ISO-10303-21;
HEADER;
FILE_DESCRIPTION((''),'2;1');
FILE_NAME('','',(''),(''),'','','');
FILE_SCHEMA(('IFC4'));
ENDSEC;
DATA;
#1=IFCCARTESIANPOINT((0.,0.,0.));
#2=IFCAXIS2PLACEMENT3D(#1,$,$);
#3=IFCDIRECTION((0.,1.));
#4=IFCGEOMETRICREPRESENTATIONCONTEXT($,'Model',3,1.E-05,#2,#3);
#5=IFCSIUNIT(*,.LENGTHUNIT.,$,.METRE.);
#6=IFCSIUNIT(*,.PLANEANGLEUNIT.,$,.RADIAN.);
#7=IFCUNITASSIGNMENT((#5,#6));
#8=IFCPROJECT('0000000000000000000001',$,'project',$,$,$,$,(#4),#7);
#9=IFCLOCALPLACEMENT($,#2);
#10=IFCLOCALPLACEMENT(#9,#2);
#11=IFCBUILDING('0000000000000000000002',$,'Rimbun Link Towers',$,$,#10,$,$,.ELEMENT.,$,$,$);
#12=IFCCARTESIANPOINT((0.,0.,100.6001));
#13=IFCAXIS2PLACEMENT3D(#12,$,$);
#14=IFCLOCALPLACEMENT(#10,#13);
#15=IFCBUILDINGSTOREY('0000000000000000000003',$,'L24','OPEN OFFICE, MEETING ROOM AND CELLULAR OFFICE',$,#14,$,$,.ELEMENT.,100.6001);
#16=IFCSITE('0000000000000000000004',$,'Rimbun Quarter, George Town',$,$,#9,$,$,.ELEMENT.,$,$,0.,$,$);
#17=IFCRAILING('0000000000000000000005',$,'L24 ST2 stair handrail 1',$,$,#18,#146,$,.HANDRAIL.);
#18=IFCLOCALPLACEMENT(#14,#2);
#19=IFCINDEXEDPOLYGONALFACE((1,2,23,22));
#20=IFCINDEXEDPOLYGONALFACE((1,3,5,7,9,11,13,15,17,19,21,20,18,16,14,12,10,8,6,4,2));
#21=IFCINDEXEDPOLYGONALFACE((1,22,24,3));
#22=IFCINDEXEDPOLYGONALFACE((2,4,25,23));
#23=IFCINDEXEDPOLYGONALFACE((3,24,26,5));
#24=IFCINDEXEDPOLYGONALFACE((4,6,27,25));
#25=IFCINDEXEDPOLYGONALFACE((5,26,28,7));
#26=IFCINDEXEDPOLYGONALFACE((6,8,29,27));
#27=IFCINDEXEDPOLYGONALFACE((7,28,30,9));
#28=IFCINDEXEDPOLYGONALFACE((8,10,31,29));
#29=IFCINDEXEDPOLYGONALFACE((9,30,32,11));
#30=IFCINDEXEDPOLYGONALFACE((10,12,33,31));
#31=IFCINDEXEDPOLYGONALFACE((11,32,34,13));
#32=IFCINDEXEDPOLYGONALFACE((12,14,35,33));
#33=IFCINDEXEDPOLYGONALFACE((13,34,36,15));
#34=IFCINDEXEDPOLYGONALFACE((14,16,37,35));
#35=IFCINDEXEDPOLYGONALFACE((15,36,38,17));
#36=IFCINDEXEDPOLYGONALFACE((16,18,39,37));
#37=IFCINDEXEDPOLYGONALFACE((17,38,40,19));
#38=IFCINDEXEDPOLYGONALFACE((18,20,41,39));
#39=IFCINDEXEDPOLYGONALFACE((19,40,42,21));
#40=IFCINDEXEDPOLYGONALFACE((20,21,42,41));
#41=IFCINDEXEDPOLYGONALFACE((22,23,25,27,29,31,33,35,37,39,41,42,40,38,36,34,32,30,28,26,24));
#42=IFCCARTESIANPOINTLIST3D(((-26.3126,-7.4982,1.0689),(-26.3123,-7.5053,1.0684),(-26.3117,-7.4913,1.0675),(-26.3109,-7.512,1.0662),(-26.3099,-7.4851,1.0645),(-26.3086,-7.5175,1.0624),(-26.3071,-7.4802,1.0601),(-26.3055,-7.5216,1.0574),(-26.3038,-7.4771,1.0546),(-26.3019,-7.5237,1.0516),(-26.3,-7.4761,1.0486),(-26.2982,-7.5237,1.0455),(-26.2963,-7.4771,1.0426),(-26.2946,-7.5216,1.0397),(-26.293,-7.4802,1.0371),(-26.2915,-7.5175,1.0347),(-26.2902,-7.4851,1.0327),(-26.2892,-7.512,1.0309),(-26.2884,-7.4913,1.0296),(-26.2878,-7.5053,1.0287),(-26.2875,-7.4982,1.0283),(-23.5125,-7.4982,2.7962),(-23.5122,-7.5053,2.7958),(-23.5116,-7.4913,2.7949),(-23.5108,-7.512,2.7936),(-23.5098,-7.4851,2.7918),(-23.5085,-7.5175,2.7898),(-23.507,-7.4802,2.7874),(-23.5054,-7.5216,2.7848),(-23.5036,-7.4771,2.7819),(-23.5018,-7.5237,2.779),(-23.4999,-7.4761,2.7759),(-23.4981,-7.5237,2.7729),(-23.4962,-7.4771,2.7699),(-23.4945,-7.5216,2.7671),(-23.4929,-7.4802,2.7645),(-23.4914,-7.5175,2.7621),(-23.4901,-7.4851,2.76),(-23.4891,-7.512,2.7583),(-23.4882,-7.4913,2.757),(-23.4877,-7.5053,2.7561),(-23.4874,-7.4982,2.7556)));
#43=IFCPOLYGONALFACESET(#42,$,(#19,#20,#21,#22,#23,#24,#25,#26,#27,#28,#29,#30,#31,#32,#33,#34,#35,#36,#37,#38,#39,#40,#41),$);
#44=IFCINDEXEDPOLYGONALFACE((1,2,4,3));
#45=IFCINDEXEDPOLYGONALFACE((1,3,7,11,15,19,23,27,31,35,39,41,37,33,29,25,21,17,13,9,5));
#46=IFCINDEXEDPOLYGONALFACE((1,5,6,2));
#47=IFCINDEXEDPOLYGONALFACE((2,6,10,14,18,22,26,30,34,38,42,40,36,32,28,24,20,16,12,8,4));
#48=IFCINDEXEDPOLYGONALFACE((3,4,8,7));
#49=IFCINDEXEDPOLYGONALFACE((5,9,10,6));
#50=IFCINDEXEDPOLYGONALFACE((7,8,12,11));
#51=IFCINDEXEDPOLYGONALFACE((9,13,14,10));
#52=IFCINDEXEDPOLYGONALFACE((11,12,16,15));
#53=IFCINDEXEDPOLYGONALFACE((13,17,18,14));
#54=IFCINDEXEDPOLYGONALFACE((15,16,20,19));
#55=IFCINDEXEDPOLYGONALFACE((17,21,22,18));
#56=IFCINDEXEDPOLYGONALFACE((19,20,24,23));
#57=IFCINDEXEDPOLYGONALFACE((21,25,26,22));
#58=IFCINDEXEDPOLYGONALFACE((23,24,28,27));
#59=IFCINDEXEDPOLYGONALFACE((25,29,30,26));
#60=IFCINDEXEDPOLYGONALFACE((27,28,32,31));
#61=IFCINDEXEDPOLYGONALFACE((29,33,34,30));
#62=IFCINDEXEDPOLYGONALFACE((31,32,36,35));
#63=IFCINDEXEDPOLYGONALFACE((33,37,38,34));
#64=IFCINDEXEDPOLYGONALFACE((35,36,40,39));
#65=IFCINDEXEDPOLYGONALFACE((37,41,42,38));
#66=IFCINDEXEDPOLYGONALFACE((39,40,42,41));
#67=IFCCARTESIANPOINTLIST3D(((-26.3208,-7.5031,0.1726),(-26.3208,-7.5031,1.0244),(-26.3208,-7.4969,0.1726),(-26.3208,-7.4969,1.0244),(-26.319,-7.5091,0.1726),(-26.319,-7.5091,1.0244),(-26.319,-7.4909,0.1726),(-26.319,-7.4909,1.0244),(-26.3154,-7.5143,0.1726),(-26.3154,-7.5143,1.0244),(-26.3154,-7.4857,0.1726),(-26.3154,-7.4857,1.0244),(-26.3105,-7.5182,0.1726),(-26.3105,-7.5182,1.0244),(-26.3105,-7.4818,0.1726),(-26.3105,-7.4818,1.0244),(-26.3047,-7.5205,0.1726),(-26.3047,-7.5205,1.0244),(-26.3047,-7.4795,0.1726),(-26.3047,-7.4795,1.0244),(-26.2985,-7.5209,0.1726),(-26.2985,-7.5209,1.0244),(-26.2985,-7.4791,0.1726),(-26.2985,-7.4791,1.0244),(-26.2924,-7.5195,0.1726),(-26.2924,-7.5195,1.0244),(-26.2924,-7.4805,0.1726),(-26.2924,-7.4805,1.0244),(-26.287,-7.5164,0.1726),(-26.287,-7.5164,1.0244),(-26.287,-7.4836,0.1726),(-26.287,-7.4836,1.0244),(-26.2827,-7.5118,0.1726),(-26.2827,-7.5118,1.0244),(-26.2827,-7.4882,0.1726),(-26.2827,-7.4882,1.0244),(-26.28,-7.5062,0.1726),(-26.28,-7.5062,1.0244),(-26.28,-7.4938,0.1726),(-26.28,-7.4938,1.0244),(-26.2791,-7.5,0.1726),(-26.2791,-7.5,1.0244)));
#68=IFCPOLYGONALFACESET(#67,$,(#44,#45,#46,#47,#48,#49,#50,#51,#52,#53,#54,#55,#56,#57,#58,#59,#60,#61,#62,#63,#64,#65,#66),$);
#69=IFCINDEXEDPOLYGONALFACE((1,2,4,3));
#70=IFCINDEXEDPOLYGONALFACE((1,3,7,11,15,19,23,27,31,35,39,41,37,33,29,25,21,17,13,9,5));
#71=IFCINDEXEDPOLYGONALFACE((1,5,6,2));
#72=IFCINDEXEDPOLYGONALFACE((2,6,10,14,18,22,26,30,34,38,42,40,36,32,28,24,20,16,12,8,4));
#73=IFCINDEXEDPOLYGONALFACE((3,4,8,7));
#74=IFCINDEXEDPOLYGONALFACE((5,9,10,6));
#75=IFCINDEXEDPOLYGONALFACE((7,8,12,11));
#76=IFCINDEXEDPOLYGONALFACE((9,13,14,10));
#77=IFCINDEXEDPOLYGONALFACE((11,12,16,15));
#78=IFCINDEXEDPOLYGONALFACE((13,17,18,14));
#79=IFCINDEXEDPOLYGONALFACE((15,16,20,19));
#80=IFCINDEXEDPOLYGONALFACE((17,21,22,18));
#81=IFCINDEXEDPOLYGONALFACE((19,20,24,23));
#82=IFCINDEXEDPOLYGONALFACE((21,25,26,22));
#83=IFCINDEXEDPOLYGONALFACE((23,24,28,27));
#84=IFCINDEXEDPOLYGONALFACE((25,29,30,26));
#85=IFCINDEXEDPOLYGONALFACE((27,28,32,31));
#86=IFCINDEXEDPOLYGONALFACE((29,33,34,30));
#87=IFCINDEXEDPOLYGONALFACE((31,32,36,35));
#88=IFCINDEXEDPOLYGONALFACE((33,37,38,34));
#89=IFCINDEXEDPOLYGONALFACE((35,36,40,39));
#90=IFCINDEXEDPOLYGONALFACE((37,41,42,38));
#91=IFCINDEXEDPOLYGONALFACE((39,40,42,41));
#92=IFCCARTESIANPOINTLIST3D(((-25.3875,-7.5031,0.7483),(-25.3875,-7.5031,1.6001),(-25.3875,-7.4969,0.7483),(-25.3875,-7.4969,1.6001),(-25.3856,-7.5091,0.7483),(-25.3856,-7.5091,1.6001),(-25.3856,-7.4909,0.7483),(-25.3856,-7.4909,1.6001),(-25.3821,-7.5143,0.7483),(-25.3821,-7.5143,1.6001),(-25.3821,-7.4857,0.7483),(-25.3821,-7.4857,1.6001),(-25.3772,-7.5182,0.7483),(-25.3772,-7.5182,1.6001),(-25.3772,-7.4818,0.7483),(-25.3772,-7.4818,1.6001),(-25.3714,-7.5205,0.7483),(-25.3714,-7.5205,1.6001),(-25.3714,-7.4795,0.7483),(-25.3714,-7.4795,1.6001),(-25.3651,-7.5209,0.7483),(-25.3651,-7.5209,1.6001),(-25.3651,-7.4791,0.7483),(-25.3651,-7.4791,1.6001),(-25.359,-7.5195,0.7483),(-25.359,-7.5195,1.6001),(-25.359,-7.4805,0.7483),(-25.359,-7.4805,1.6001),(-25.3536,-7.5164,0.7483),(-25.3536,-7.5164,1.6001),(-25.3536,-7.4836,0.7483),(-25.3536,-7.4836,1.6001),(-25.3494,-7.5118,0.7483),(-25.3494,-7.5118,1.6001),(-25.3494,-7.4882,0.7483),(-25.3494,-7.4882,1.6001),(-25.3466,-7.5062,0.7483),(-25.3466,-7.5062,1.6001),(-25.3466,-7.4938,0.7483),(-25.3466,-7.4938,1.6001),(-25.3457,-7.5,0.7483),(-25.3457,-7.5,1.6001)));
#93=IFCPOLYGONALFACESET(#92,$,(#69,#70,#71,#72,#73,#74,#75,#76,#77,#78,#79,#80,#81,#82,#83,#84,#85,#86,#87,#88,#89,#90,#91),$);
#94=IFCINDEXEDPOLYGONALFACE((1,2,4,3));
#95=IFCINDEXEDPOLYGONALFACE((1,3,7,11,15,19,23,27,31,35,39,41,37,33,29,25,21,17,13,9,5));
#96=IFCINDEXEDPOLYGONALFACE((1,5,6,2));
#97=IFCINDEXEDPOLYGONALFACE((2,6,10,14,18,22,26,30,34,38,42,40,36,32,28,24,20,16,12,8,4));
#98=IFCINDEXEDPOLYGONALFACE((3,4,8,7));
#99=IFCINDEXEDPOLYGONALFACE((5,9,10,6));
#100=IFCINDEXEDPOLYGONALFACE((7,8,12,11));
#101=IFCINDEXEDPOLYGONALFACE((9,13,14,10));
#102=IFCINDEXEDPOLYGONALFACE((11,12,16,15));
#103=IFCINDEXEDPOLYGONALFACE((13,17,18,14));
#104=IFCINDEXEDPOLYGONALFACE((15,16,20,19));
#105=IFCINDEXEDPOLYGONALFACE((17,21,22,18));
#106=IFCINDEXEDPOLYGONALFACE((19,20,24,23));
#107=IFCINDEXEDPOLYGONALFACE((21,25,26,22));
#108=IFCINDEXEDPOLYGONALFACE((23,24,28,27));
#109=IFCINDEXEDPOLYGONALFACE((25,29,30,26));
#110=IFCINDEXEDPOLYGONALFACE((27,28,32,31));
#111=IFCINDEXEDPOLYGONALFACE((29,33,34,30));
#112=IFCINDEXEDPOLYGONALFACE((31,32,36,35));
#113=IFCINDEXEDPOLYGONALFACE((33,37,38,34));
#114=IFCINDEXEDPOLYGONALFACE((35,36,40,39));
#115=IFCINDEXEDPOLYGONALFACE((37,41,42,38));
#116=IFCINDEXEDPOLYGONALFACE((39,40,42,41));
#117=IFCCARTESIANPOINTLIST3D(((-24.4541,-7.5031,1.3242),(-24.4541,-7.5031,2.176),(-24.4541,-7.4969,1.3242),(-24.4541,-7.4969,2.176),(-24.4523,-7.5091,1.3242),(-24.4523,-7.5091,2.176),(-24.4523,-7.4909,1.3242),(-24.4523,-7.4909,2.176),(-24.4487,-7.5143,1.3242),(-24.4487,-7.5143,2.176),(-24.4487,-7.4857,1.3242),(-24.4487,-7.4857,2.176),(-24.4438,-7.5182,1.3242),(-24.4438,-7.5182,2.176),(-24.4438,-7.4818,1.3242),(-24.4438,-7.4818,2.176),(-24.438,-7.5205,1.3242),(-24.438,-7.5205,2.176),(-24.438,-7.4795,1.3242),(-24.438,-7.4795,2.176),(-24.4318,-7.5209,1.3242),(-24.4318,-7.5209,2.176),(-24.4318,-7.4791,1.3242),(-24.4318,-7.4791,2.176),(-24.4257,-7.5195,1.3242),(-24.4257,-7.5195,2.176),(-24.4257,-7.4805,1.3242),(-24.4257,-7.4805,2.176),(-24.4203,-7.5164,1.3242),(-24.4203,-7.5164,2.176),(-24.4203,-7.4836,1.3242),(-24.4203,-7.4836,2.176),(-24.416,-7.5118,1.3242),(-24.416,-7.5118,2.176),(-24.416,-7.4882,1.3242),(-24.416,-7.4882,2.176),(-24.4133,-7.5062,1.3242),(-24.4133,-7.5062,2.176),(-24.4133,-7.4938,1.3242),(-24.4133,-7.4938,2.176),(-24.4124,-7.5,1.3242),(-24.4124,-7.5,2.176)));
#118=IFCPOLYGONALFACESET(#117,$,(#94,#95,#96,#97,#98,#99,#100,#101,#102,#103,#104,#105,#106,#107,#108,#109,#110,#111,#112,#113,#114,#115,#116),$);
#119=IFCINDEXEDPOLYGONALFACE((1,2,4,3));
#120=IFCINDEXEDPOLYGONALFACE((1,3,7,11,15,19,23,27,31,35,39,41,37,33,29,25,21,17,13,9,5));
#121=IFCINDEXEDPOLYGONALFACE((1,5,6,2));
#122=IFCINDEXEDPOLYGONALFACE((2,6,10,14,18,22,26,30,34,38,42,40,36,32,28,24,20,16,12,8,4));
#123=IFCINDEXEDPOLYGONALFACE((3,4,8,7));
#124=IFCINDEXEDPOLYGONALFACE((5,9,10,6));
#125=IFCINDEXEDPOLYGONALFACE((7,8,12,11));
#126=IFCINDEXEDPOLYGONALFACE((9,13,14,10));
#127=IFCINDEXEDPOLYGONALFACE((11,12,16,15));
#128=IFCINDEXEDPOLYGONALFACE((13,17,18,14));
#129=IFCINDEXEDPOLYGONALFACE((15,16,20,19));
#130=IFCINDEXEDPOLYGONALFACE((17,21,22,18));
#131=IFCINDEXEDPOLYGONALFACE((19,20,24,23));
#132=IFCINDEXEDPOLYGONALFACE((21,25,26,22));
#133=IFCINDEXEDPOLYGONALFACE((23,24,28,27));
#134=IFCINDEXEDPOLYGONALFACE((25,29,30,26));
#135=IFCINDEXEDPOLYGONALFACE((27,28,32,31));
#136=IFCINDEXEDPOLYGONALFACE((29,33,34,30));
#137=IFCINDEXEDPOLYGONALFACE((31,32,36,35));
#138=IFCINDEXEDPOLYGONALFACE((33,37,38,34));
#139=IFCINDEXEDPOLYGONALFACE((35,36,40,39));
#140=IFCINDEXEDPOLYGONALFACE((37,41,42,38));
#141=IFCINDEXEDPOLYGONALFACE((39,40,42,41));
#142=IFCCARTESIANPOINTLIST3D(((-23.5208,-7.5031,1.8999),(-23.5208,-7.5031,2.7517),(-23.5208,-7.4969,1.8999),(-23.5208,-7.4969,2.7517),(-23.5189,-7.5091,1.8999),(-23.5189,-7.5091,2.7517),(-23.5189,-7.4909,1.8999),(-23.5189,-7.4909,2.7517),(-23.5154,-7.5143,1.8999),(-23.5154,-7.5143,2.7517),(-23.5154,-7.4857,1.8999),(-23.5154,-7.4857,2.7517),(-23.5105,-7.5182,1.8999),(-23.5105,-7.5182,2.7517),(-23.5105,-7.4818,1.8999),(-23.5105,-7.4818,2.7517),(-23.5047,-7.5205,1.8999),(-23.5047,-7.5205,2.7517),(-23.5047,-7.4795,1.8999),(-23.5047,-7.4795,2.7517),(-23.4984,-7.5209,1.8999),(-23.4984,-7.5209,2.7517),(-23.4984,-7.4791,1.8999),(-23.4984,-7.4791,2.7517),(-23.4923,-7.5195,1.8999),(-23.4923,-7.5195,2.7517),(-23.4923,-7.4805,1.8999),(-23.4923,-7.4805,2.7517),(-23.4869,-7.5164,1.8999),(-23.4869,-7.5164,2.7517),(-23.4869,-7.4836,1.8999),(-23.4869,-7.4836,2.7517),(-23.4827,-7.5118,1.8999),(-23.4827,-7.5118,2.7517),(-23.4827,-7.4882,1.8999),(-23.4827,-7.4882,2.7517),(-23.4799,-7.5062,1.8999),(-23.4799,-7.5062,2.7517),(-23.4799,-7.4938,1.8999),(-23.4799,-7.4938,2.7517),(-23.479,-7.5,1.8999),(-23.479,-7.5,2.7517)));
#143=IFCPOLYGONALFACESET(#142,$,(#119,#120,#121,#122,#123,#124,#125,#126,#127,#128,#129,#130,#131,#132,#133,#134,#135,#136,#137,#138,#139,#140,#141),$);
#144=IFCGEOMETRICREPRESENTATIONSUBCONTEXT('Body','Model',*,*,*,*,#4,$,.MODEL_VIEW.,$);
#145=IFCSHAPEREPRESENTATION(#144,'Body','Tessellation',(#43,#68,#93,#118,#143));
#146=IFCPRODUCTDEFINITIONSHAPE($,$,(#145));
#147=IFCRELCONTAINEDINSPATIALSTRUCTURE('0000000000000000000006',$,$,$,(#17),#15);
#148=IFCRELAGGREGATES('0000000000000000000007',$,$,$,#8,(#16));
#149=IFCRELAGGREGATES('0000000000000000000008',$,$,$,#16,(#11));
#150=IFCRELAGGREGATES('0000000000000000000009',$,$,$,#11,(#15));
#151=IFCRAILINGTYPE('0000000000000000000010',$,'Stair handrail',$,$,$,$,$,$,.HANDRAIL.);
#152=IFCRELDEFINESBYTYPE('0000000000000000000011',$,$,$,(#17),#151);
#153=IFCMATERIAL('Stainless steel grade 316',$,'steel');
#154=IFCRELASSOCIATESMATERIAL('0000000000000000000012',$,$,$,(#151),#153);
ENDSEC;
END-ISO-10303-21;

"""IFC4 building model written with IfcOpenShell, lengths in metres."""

from ifc_helpers import new_model, si_unit, direction, frame, origin, origin_2d, place, context, subcontext, project, spatial, circle, extrude, material, type_object, element, save


model = new_model("IFC4")

# Units and contexts
model_context = context("Model", 3, precision=1e-05, world=origin(), true_north=direction((0.0, 1.0)))
body_context = subcontext(model_context, "Body", "Model", "MODEL_VIEW")
ifc_project = project(units=[si_unit("LENGTHUNIT", "METRE"), si_unit("PLANEANGLEUNIT", "RADIAN")], contexts=[model_context])

# Site, building, storey
site_placement = place(None, origin())
site = spatial("IfcSite", under=ifc_project, at=site_placement, Name="Rimbun Quarter, George Town", CompositionType="ELEMENT", RefElevation=0.0)
building_placement = place(site_placement, origin())
building = spatial("IfcBuilding", under=site, at=building_placement, Name="Rimbun Link Towers", CompositionType="ELEMENT")
storey_placement = place(building_placement, frame((0.0, 0.0, 100.6001)))
storey = spatial("IfcBuildingStorey", under=building, at=storey_placement, Name="L24", Description="OPEN OFFICE, MEETING ROOM AND CELLULAR OFFICE", CompositionType="ELEMENT", Elevation=100.6001)

# Railing
ifc_material_1 = material(Name="Stainless steel grade 316", Category="steel")
railing_type_1 = type_object("IfcRailingType", Name="Stair handrail", PredefinedType="HANDRAIL", material=ifc_material_1)
railing_1_placement = place(storey_placement, frame((-26.3, -7.5, 0.1726)))
element("IfcRailing", 1, at=railing_1_placement, inside=storey, type_object=railing_type_1, Name="L24 ST2 stair handrail 1", PredefinedType="HANDRAIL", context=body_context, shape_type="SweptSolid", body=[
    extrude(circle(Radius=0.0239, at=origin_2d()), frame((0.0, 0.0, 0.876), z_axis=(0.85109, 0.0, 0.52502), x_axis=(0.0, 1.0, 0.0)), (0.0, 0.0, 1.0), 3.29),
    extrude(circle(Radius=0.021, at=origin_2d()), origin(), (0.0, 0.0, 1.0), 0.8518),
    extrude(circle(Radius=0.021, at=origin_2d()), frame((0.9333, 0.0, 0.5757)), (0.0, 0.0, 1.0), 0.8518),
    extrude(circle(Radius=0.021, at=origin_2d()), frame((1.8667, 0.0, 1.1516)), (0.0, 0.0, 1.0), 0.8518),
    extrude(circle(Radius=0.021, at=origin_2d()), frame((2.8, 0.0, 1.7273)), (0.0, 0.0, 1.0), 0.8518),
])

save(model, "model.ifc")
